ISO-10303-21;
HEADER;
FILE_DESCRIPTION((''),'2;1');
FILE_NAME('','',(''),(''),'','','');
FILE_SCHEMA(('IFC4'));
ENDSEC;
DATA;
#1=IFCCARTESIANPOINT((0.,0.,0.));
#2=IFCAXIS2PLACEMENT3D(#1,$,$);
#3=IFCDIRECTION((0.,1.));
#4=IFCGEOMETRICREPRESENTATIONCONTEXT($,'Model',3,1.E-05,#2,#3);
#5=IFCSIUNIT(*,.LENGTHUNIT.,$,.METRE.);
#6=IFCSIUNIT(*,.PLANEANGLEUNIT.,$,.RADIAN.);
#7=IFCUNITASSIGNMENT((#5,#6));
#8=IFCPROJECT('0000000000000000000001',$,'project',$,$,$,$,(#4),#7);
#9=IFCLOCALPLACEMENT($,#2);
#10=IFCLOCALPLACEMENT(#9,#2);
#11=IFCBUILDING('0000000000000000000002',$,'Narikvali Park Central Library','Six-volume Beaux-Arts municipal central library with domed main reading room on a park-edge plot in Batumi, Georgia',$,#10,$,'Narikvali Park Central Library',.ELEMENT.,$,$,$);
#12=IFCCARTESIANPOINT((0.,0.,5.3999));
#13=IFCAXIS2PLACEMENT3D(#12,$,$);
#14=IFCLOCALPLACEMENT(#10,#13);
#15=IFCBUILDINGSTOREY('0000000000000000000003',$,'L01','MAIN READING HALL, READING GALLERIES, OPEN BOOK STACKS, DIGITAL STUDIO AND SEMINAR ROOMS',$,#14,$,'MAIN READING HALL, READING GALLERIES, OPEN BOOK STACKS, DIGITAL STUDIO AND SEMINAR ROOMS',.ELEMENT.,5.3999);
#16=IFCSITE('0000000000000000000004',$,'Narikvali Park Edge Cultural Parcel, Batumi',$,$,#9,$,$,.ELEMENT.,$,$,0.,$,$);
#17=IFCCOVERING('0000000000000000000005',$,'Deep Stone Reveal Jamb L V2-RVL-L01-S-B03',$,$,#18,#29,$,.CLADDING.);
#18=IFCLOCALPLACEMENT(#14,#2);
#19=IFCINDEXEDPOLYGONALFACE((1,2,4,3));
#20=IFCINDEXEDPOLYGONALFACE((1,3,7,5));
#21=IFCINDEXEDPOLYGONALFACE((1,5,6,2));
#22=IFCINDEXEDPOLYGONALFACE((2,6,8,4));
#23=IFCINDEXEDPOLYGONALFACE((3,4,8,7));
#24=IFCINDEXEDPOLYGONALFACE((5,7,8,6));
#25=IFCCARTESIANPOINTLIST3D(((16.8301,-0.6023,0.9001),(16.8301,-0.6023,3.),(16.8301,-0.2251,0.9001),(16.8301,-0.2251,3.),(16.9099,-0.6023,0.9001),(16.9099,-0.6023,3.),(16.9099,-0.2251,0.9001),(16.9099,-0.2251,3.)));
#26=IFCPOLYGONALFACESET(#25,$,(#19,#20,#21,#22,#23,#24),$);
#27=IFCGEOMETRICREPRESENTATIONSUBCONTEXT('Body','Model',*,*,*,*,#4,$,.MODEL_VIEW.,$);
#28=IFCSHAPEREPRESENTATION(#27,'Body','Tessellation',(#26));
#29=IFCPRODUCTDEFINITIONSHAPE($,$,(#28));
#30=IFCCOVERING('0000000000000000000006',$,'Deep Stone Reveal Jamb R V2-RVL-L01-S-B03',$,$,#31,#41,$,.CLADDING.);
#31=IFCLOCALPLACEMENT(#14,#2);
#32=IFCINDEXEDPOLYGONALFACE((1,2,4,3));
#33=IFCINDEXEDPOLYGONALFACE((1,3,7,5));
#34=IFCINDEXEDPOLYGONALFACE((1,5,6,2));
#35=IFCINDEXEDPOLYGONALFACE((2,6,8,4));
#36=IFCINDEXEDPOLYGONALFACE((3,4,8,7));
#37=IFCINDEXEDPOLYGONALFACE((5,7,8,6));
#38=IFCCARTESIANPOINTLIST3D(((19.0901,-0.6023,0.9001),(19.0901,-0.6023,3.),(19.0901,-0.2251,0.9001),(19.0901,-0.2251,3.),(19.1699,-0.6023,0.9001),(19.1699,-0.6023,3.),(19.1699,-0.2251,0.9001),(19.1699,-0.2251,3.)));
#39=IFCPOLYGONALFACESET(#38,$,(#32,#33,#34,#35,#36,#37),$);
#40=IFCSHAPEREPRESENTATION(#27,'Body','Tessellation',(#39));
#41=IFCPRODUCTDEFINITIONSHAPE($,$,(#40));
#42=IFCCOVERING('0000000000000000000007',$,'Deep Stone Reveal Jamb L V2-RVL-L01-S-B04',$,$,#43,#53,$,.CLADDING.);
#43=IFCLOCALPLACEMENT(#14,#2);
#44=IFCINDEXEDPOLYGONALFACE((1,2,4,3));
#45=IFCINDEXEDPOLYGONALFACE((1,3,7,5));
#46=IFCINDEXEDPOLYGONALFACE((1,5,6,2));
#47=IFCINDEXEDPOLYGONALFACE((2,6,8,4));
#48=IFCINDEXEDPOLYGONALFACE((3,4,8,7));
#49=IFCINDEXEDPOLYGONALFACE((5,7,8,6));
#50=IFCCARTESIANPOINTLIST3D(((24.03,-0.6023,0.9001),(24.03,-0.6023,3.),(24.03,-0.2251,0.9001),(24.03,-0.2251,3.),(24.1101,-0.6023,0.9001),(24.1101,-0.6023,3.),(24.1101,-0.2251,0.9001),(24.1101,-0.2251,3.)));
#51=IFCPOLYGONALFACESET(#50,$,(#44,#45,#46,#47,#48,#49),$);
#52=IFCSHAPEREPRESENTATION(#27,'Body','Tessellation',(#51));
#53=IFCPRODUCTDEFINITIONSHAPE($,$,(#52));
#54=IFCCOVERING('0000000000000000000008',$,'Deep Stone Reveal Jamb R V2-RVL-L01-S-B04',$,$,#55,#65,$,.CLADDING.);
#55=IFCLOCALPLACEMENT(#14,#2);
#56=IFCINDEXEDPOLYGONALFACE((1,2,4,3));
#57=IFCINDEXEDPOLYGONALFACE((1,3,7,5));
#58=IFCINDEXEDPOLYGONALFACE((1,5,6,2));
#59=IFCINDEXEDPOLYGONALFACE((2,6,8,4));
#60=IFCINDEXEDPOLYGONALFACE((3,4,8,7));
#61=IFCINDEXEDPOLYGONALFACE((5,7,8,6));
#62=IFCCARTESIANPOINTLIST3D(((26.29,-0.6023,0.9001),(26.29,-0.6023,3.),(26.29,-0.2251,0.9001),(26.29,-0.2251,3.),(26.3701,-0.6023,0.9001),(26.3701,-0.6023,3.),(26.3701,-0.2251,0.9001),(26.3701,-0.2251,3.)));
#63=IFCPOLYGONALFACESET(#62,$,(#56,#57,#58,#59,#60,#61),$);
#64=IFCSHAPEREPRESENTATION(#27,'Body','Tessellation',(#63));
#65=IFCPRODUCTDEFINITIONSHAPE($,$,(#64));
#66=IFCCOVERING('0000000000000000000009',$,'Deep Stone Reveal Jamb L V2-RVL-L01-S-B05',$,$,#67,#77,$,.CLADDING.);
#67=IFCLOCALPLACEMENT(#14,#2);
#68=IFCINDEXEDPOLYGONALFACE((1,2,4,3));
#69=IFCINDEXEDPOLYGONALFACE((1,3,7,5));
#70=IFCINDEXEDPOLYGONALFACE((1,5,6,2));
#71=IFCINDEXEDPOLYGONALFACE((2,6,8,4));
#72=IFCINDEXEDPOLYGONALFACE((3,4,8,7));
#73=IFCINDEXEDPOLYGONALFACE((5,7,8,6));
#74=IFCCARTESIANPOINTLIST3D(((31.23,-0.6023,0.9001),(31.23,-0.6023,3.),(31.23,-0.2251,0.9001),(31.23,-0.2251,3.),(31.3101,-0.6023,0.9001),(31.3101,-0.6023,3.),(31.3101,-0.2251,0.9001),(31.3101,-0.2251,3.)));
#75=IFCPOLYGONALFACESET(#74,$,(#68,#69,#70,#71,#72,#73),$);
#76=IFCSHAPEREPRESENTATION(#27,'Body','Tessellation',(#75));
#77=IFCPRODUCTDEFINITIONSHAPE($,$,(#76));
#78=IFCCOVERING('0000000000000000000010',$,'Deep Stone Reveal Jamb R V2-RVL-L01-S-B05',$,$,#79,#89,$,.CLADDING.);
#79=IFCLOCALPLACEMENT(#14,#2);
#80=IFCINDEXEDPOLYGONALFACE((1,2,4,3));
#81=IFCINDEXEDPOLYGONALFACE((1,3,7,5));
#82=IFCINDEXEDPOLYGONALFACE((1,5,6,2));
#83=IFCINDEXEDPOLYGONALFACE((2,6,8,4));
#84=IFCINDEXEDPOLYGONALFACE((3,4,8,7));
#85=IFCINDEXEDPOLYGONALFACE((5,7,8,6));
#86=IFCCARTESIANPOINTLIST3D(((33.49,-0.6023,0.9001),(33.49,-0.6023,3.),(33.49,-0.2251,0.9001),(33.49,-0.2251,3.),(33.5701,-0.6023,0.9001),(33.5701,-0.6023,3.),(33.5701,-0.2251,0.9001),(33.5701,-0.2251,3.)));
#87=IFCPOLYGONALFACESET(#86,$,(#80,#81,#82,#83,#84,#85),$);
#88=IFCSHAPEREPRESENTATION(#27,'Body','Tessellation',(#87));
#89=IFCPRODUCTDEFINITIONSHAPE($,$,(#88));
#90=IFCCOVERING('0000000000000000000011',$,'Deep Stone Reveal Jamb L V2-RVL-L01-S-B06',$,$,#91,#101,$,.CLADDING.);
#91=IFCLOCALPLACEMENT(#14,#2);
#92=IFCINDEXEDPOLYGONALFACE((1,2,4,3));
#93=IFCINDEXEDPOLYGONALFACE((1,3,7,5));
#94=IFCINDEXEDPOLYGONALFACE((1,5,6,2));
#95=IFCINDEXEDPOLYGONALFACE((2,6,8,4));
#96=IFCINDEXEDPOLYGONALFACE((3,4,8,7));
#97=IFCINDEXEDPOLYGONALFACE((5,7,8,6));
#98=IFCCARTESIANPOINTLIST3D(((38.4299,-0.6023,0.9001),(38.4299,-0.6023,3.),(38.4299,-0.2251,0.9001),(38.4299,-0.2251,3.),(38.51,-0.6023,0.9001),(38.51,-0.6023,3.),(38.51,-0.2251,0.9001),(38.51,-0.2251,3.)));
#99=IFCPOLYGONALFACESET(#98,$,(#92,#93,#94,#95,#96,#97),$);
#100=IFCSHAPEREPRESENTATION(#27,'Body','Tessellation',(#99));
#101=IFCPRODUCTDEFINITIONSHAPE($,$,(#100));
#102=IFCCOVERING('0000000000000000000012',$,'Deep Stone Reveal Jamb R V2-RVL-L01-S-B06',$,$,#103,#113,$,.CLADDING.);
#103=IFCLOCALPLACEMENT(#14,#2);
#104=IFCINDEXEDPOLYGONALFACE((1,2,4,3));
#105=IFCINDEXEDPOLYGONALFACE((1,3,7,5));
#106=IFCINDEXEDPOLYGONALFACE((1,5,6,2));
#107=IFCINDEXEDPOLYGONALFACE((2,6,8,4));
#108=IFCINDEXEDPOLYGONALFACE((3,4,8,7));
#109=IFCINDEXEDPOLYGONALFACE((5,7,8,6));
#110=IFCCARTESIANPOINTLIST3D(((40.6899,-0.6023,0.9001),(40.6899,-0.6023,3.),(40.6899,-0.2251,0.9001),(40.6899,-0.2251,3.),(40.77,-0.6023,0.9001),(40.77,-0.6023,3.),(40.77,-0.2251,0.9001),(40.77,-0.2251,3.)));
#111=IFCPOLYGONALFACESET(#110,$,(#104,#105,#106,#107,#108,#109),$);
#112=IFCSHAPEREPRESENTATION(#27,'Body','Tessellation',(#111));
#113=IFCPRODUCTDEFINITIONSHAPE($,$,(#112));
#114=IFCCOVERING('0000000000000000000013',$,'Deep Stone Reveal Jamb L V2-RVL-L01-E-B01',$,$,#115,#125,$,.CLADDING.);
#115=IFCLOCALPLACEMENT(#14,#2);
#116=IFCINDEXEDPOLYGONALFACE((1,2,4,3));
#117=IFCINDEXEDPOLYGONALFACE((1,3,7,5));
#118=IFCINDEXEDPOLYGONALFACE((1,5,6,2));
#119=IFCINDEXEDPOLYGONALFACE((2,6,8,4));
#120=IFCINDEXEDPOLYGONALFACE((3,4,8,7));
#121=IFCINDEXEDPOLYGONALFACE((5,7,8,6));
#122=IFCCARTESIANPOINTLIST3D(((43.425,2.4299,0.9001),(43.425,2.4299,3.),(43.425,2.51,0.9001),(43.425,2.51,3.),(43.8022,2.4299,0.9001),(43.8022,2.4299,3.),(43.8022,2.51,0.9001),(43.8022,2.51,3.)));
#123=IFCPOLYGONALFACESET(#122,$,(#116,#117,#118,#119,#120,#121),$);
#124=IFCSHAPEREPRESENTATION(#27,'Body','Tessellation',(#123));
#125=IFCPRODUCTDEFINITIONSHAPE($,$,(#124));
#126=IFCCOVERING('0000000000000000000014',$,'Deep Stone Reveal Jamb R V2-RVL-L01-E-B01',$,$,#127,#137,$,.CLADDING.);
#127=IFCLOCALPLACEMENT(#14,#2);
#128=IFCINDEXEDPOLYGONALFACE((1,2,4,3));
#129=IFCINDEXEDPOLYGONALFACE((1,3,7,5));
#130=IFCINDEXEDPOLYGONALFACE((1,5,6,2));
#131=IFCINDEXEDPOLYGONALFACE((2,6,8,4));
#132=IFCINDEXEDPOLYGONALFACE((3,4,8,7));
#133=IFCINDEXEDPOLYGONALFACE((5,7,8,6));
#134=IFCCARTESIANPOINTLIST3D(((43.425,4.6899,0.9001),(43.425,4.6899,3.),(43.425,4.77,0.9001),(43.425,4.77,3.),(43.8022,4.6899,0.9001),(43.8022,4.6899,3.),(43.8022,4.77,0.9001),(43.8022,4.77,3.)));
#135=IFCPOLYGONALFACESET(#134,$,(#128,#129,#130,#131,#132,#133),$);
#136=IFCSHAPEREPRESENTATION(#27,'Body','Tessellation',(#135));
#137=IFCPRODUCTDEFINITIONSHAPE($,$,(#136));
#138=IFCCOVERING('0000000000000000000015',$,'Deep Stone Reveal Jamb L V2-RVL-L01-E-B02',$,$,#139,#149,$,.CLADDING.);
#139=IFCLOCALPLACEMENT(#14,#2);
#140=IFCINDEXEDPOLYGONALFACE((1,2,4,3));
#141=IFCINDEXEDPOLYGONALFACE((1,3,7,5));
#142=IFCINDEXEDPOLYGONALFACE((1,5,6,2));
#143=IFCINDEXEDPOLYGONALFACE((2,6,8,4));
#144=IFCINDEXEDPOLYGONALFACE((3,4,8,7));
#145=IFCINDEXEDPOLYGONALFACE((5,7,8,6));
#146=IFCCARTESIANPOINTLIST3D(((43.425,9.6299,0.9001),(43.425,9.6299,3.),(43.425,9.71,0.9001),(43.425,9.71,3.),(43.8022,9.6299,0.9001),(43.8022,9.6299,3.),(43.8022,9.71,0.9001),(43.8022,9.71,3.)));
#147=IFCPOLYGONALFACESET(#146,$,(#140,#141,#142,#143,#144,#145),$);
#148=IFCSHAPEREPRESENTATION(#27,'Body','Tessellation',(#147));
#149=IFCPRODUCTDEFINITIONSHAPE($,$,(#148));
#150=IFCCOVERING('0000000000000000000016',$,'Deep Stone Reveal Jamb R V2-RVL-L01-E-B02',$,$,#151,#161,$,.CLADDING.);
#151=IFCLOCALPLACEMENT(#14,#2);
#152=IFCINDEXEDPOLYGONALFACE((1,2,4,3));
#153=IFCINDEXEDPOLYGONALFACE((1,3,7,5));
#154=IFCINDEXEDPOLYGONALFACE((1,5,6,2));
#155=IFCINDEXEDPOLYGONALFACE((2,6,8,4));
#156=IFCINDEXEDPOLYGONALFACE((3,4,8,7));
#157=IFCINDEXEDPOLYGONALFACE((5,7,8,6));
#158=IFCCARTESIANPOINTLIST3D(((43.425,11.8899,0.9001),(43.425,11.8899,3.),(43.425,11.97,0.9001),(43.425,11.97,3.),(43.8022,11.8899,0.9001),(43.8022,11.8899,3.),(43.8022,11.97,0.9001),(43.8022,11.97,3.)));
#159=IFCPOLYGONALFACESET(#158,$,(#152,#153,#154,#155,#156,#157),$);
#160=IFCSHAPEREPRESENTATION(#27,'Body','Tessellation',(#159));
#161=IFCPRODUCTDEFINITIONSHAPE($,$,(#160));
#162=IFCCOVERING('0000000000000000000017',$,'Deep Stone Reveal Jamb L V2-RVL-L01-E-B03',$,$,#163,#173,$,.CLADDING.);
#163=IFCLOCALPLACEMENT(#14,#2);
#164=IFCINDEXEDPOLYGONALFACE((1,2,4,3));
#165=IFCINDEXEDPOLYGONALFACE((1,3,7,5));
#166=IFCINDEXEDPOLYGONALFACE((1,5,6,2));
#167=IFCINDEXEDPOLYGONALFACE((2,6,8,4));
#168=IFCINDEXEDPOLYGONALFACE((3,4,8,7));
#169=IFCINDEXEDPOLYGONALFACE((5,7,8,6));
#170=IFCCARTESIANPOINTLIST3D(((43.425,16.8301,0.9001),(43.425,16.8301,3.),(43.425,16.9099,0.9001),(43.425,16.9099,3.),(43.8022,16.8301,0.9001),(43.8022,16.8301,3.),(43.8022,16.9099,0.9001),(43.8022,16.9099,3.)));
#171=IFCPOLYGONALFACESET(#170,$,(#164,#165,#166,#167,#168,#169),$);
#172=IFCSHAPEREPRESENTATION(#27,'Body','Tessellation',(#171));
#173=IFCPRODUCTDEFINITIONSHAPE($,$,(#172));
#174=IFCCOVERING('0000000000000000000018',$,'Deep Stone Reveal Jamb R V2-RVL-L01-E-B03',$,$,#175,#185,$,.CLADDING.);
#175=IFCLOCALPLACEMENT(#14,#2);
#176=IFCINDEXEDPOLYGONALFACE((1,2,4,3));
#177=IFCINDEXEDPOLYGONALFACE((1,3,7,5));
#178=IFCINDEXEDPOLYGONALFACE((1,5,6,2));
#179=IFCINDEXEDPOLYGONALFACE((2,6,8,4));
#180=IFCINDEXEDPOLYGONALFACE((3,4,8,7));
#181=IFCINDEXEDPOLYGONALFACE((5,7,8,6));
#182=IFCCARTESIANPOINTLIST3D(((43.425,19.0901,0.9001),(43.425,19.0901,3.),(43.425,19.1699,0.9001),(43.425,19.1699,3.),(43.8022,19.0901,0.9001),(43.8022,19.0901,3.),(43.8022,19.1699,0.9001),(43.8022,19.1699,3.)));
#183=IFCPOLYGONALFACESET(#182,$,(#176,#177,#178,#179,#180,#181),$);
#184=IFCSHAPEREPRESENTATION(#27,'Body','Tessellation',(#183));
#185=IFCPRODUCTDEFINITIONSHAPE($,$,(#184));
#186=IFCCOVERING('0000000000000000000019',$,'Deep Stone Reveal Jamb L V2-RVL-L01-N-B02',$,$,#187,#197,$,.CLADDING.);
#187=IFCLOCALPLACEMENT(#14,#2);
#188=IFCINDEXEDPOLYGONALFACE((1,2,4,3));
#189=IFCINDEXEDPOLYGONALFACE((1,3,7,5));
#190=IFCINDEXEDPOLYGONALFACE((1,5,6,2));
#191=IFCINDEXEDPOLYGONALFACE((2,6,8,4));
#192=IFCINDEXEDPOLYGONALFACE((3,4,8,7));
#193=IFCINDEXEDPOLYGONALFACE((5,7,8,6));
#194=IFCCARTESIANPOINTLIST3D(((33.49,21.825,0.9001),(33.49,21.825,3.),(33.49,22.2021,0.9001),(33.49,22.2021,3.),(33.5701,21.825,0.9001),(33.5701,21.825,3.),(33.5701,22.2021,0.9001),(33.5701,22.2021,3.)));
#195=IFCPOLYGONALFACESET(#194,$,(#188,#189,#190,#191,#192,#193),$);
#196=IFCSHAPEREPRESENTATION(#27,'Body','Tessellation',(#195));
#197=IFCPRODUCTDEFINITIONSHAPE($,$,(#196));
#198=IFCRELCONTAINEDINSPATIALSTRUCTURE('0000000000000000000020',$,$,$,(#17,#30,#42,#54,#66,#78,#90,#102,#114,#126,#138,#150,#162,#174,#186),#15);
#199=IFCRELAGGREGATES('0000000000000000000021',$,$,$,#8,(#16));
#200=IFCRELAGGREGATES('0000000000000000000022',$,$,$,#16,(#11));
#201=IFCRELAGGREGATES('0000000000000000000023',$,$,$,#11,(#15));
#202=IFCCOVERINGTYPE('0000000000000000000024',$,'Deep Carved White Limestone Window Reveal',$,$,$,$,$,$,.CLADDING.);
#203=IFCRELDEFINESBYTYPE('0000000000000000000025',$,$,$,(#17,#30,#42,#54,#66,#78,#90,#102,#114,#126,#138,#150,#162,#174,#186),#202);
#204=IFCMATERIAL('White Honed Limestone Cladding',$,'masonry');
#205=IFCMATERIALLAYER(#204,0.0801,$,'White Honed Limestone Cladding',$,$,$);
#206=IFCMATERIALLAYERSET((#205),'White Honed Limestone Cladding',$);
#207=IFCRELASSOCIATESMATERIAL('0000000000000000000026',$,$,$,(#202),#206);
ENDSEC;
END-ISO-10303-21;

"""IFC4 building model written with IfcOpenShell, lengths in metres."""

from ifc_helpers import new_model, si_unit, direction, frame, origin, place, context, subcontext, project, spatial, polyline, outline, extrude, material, layer, layer_set, type_object, element, save


model = new_model("IFC4")

# Units and contexts
model_context = context("Model", 3, precision=1e-05, world=origin(), true_north=direction((0.0, 1.0)))
body_context = subcontext(model_context, "Body", "Model", "MODEL_VIEW")
ifc_project = project(units=[si_unit("LENGTHUNIT", "METRE"), si_unit("PLANEANGLEUNIT", "RADIAN")], contexts=[model_context])

# Site, building, storey
site_placement = place(None, origin())
site = spatial("IfcSite", under=ifc_project, at=site_placement, Name="Narikvali Park Edge Cultural Parcel, Batumi", CompositionType="ELEMENT", RefElevation=0.0)
building_placement = place(site_placement, origin())
building = spatial("IfcBuilding", under=site, at=building_placement, Name="Narikvali Park Central Library", Description="Six-volume Beaux-Arts municipal central library with domed main reading room on a park-edge plot in Batumi, Georgia", LongName="Narikvali Park Central Library", CompositionType="ELEMENT")
storey_placement = place(building_placement, frame((0.0, 0.0, 5.3999)))
storey = spatial("IfcBuildingStorey", under=building, at=storey_placement, Name="L01", Description="MAIN READING HALL, READING GALLERIES, OPEN BOOK STACKS, DIGITAL STUDIO AND SEMINAR ROOMS", LongName="MAIN READING HALL, READING GALLERIES, OPEN BOOK STACKS, DIGITAL STUDIO AND SEMINAR ROOMS", CompositionType="ELEMENT", Elevation=5.3999)

# Coverings
ifc_material = material(Name="White Honed Limestone Cladding", Category="masonry")
ifc_layer = layer(ifc_material, 0.0801, Name="White Honed Limestone Cladding")
ifc_layer_set = layer_set([ifc_layer], Name="White Honed Limestone Cladding")
covering_type = type_object("IfcCoveringType", Name="Deep Carved White Limestone Window Reveal", PredefinedType="CLADDING", material=ifc_layer_set)
covering_1_placement = place(storey_placement, frame((0.0, 0.0, 0.9001)))
element("IfcCovering", 1, at=covering_1_placement, inside=storey, type_object=covering_type, Name="Deep Stone Reveal Jamb L V2-RVL-L01-S-B03", PredefinedType="CLADDING", context=body_context, shape_type="SweptSolid", body=[
    extrude(outline(polyline([(16.8301, -0.2251), (16.9099, -0.2251), (16.9099, -0.6023), (16.8301, -0.6023), (16.8301, -0.2251)])), origin(), (0.0, 0.0, 1.0), 2.0999),
])
covering_2_placement = place(storey_placement, frame((0.0, 0.0, 0.9001)))
element("IfcCovering", 2, at=covering_2_placement, inside=storey, type_object=covering_type, Name="Deep Stone Reveal Jamb R V2-RVL-L01-S-B03", PredefinedType="CLADDING", context=body_context, shape_type="SweptSolid", body=[
    extrude(outline(polyline([(19.0901, -0.2251), (19.1699, -0.2251), (19.1699, -0.6023), (19.0901, -0.6023), (19.0901, -0.2251)])), origin(), (0.0, 0.0, 1.0), 2.0999),
])
covering_3_placement = place(storey_placement, frame((0.0, 0.0, 0.9001)))
element("IfcCovering", 3, at=covering_3_placement, inside=storey, type_object=covering_type, Name="Deep Stone Reveal Jamb L V2-RVL-L01-S-B04", PredefinedType="CLADDING", context=body_context, shape_type="SweptSolid", body=[
    extrude(outline(polyline([(24.03, -0.2251), (24.1101, -0.2251), (24.1101, -0.6023), (24.03, -0.6023), (24.03, -0.2251)])), origin(), (0.0, 0.0, 1.0), 2.0999),
])
covering_4_placement = place(storey_placement, frame((0.0, 0.0, 0.9001)))
element("IfcCovering", 4, at=covering_4_placement, inside=storey, type_object=covering_type, Name="Deep Stone Reveal Jamb R V2-RVL-L01-S-B04", PredefinedType="CLADDING", context=body_context, shape_type="SweptSolid", body=[
    extrude(outline(polyline([(26.29, -0.2251), (26.3701, -0.2251), (26.3701, -0.6023), (26.29, -0.6023), (26.29, -0.2251)])), origin(), (0.0, 0.0, 1.0), 2.0999),
])
covering_5_placement = place(storey_placement, frame((0.0, 0.0, 0.9001)))
element("IfcCovering", 5, at=covering_5_placement, inside=storey, type_object=covering_type, Name="Deep Stone Reveal Jamb L V2-RVL-L01-S-B05", PredefinedType="CLADDING", context=body_context, shape_type="SweptSolid", body=[
    extrude(outline(polyline([(31.23, -0.2251), (31.3101, -0.2251), (31.3101, -0.6023), (31.23, -0.6023), (31.23, -0.2251)])), origin(), (0.0, 0.0, 1.0), 2.0999),
])
covering_6_placement = place(storey_placement, frame((0.0, 0.0, 0.9001)))
element("IfcCovering", 6, at=covering_6_placement, inside=storey, type_object=covering_type, Name="Deep Stone Reveal Jamb R V2-RVL-L01-S-B05", PredefinedType="CLADDING", context=body_context, shape_type="SweptSolid", body=[
    extrude(outline(polyline([(33.49, -0.2251), (33.5701, -0.2251), (33.5701, -0.6023), (33.49, -0.6023), (33.49, -0.2251)])), origin(), (0.0, 0.0, 1.0), 2.0999),
])
covering_7_placement = place(storey_placement, frame((0.0, 0.0, 0.9001)))
element("IfcCovering", 7, at=covering_7_placement, inside=storey, type_object=covering_type, Name="Deep Stone Reveal Jamb L V2-RVL-L01-S-B06", PredefinedType="CLADDING", context=body_context, shape_type="SweptSolid", body=[
    extrude(outline(polyline([(38.4299, -0.2251), (38.51, -0.2251), (38.51, -0.6023), (38.4299, -0.6023), (38.4299, -0.2251)])), origin(), (0.0, 0.0, 1.0), 2.0999),
])
covering_8_placement = place(storey_placement, frame((0.0, 0.0, 0.9001)))
element("IfcCovering", 8, at=covering_8_placement, inside=storey, type_object=covering_type, Name="Deep Stone Reveal Jamb R V2-RVL-L01-S-B06", PredefinedType="CLADDING", context=body_context, shape_type="SweptSolid", body=[
    extrude(outline(polyline([(40.6899, -0.2251), (40.77, -0.2251), (40.77, -0.6023), (40.6899, -0.6023), (40.6899, -0.2251)])), origin(), (0.0, 0.0, 1.0), 2.0999),
])
covering_9_placement = place(storey_placement, frame((0.0, 0.0, 0.9001)))
element("IfcCovering", 9, at=covering_9_placement, inside=storey, type_object=covering_type, Name="Deep Stone Reveal Jamb L V2-RVL-L01-E-B01", PredefinedType="CLADDING", context=body_context, shape_type="SweptSolid", body=[
    extrude(outline(polyline([(43.425, 2.4299), (43.425, 2.51), (43.8022, 2.51), (43.8022, 2.4299), (43.425, 2.4299)])), origin(), (0.0, 0.0, 1.0), 2.0999),
])
covering_10_placement = place(storey_placement, frame((0.0, 0.0, 0.9001)))
element("IfcCovering", 10, at=covering_10_placement, inside=storey, type_object=covering_type, Name="Deep Stone Reveal Jamb R V2-RVL-L01-E-B01", PredefinedType="CLADDING", context=body_context, shape_type="SweptSolid", body=[
    extrude(outline(polyline([(43.425, 4.6899), (43.425, 4.77), (43.8022, 4.77), (43.8022, 4.6899), (43.425, 4.6899)])), origin(), (0.0, 0.0, 1.0), 2.0999),
])
covering_11_placement = place(storey_placement, frame((0.0, 0.0, 0.9001)))
element("IfcCovering", 11, at=covering_11_placement, inside=storey, type_object=covering_type, Name="Deep Stone Reveal Jamb L V2-RVL-L01-E-B02", PredefinedType="CLADDING", context=body_context, shape_type="SweptSolid", body=[
    extrude(outline(polyline([(43.425, 9.6299), (43.425, 9.71), (43.8022, 9.71), (43.8022, 9.6299), (43.425, 9.6299)])), origin(), (0.0, 0.0, 1.0), 2.0999),
])
covering_12_placement = place(storey_placement, frame((0.0, 0.0, 0.9001)))
element("IfcCovering", 12, at=covering_12_placement, inside=storey, type_object=covering_type, Name="Deep Stone Reveal Jamb R V2-RVL-L01-E-B02", PredefinedType="CLADDING", context=body_context, shape_type="SweptSolid", body=[
    extrude(outline(polyline([(43.425, 11.8899), (43.425, 11.97), (43.8022, 11.97), (43.8022, 11.8899), (43.425, 11.8899)])), origin(), (0.0, 0.0, 1.0), 2.0999),
])
covering_13_placement = place(storey_placement, frame((0.0, 0.0, 0.9001)))
element("IfcCovering", 13, at=covering_13_placement, inside=storey, type_object=covering_type, Name="Deep Stone Reveal Jamb L V2-RVL-L01-E-B03", PredefinedType="CLADDING", context=body_context, shape_type="SweptSolid", body=[
    extrude(outline(polyline([(43.425, 16.8301), (43.425, 16.9099), (43.8022, 16.9099), (43.8022, 16.8301), (43.425, 16.8301)])), origin(), (0.0, 0.0, 1.0), 2.0999),
])
covering_14_placement = place(storey_placement, frame((0.0, 0.0, 0.9001)))
element("IfcCovering", 14, at=covering_14_placement, inside=storey, type_object=covering_type, Name="Deep Stone Reveal Jamb R V2-RVL-L01-E-B03", PredefinedType="CLADDING", context=body_context, shape_type="SweptSolid", body=[
    extrude(outline(polyline([(43.425, 19.0901), (43.425, 19.1699), (43.8022, 19.1699), (43.8022, 19.0901), (43.425, 19.0901)])), origin(), (0.0, 0.0, 1.0), 2.0999),
])
covering_15_placement = place(storey_placement, frame((0.0, 0.0, 0.9001)))
element("IfcCovering", 15, at=covering_15_placement, inside=storey, type_object=covering_type, Name="Deep Stone Reveal Jamb L V2-RVL-L01-N-B02", PredefinedType="CLADDING", context=body_context, shape_type="SweptSolid", body=[
    extrude(outline(polyline([(33.5701, 21.825), (33.49, 21.825), (33.49, 22.2021), (33.5701, 22.2021), (33.5701, 21.825)])), origin(), (0.0, 0.0, 1.0), 2.0999),
])

save(model, "model.ifc")
